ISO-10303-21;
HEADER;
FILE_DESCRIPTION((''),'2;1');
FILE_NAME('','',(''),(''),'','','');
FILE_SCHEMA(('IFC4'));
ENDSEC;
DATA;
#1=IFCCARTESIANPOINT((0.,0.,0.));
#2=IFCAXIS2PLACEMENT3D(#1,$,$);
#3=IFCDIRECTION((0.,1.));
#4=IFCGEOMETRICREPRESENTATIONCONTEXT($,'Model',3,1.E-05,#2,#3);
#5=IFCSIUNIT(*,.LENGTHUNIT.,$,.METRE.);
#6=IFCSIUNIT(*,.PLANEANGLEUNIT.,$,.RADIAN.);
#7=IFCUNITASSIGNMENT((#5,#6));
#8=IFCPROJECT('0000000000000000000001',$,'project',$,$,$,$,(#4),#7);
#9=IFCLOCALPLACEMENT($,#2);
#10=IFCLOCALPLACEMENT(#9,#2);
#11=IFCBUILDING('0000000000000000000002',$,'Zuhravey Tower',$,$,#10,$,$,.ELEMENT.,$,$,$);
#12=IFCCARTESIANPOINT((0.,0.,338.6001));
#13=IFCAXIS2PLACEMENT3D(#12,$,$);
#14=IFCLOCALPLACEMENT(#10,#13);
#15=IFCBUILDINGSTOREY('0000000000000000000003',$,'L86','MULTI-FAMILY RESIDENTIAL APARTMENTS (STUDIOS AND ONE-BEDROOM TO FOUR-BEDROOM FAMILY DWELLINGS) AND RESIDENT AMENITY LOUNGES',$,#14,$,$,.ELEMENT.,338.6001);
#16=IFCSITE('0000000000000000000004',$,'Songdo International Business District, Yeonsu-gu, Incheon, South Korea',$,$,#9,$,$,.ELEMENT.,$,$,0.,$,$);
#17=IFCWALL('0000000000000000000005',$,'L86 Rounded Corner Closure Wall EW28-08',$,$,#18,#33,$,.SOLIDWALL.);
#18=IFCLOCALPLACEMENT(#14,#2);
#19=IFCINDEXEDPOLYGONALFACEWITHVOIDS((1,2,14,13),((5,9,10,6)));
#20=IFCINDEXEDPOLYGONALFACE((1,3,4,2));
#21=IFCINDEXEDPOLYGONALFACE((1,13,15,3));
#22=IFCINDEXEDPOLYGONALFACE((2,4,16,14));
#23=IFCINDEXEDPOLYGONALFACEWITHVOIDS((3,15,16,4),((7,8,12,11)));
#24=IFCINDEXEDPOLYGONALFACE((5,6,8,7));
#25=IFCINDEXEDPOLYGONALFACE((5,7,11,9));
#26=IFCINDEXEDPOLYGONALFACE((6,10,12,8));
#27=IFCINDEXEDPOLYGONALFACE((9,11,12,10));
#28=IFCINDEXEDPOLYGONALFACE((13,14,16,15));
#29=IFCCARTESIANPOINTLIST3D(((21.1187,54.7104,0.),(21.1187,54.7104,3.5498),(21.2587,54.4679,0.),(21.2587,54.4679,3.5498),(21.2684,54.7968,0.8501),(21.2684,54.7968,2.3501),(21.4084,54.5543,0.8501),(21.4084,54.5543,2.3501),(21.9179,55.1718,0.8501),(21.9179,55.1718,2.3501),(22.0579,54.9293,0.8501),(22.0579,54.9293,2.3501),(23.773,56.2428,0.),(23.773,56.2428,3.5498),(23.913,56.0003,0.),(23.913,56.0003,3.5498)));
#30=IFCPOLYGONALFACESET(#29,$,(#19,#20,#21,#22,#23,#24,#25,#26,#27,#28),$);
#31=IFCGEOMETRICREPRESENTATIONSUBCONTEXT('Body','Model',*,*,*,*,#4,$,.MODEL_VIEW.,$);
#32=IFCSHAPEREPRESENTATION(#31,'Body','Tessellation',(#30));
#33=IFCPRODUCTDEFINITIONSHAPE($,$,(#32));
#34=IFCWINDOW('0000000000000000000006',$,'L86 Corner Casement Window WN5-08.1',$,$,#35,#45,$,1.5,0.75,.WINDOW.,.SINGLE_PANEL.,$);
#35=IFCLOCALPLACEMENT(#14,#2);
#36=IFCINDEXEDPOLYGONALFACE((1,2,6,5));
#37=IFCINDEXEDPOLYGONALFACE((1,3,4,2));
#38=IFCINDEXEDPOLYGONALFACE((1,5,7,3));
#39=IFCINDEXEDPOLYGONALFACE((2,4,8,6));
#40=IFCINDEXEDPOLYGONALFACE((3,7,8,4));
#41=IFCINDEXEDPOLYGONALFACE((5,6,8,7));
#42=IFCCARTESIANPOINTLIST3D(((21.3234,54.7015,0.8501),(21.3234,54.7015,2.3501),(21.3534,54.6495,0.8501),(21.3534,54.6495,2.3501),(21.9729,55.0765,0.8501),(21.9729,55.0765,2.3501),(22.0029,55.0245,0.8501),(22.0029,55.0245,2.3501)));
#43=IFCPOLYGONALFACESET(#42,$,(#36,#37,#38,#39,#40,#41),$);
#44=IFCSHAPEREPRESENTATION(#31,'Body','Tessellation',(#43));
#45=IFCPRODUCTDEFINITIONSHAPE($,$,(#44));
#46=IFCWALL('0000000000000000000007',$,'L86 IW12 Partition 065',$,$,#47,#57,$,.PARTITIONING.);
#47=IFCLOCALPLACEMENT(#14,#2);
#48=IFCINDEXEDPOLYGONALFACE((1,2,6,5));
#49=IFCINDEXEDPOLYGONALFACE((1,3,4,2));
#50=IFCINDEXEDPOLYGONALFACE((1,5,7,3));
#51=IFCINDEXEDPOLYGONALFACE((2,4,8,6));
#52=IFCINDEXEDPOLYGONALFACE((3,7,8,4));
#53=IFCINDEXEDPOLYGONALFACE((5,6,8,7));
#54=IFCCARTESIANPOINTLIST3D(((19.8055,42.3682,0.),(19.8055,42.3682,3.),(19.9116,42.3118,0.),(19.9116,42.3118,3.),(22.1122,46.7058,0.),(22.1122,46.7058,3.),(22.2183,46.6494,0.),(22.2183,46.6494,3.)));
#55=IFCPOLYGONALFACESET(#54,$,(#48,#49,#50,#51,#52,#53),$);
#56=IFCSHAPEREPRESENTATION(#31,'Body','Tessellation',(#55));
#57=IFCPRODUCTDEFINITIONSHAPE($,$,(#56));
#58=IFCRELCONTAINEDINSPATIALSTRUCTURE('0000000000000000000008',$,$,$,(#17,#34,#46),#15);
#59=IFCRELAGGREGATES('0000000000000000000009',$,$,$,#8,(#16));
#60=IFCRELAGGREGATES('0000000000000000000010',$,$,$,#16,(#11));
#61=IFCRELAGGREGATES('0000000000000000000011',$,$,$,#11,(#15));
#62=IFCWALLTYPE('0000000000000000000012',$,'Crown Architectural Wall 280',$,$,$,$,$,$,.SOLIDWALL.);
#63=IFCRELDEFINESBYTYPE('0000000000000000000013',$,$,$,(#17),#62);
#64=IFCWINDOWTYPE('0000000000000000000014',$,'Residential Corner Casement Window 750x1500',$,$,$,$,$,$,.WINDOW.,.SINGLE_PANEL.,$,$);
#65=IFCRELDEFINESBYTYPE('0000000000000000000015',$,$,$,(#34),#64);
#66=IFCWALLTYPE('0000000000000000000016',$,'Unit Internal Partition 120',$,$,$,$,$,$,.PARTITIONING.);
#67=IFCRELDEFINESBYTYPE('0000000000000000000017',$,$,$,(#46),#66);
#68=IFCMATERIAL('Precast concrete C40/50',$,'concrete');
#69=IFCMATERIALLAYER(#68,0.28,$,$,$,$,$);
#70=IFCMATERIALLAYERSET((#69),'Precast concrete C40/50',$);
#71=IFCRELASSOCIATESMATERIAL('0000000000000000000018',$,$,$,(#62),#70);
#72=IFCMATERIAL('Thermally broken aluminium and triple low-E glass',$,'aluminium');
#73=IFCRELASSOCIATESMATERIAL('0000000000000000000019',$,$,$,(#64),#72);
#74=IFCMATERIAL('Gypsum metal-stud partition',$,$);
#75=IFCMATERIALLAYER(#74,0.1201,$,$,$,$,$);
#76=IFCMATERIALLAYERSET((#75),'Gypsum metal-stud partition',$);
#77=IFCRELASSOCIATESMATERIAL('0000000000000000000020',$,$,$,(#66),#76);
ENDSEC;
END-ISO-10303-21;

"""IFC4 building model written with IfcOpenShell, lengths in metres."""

from ifc_helpers import new_model, si_unit, direction, frame, frame_2d, origin, place, context, subcontext, project, spatial, rectangle, extrude, material, layer, layer_set, type_object, element, fill, save


model = new_model("IFC4")

# Units and contexts
model_context = context("Model", 3, precision=1e-05, world=origin(), true_north=direction((0.0, 1.0)))
body_context = subcontext(model_context, "Body", "Model", "MODEL_VIEW")
ifc_project = project(units=[si_unit("LENGTHUNIT", "METRE"), si_unit("PLANEANGLEUNIT", "RADIAN")], contexts=[model_context])

# Site, building, storey
site_placement = place(None, origin())
site = spatial("IfcSite", under=ifc_project, at=site_placement, Name="Songdo International Business District, Yeonsu-gu, Incheon, South Korea", CompositionType="ELEMENT", RefElevation=0.0)
building_placement = place(site_placement, origin())
building = spatial("IfcBuilding", under=site, at=building_placement, Name="Zuhravey Tower", CompositionType="ELEMENT")
storey_placement = place(building_placement, frame((0.0, 0.0, 338.6001)))
storey = spatial("IfcBuildingStorey", under=building, at=storey_placement, Name="L86", Description="MULTI-FAMILY RESIDENTIAL APARTMENTS (STUDIOS AND ONE-BEDROOM TO FOUR-BEDROOM FAMILY DWELLINGS) AND RESIDENT AMENITY LOUNGES", CompositionType="ELEMENT", Elevation=338.6001)

# Wall, opening, window
ifc_material_1 = material(Name="Precast concrete C40/50", Category="concrete")
ifc_layer_1 = layer(ifc_material_1, 0.28)
ifc_layer_set_1 = layer_set([ifc_layer_1], Name="Precast concrete C40/50")
wall_type_1 = type_object("IfcWallType", Name="Crown Architectural Wall 280", PredefinedType="SOLIDWALL", material=ifc_layer_set_1)
wall_1_placement = place(storey_placement, frame((21.1887, 54.5891, 0.0), z_axis=(0.0, 0.0, 1.0), x_axis=(0.866024, 0.500003, 0.0)))
wall_1 = element("IfcWall", 1, at=wall_1_placement, inside=storey, type_object=wall_type_1, Name="L86 Rounded Corner Closure Wall EW28-08", PredefinedType="SOLIDWALL", context=body_context, shape_type="SweptSolid", body=[
    extrude(rectangle(XDim=3.0649, YDim=0.28, at=frame_2d((1.5325, 0.0))), origin(), (0.0, 0.0, 1.0), 3.5498),
])
opening_placement = place(wall_1_placement, frame((0.1729, 0.0, 0.8501)))
opening = element("IfcOpeningElement", 2, at=opening_placement, cuts=wall_1, PredefinedType="OPENING", context=body_context, shape_type="SweptSolid", body=[
    extrude(rectangle(XDim=0.75, YDim=1.5, at=frame_2d((0.375, 0.75))), frame((0.0, 0.1521, 0.0), z_axis=(0.0, -1.0, 0.0), x_axis=(1.0, 0.0, 0.0)), (0.0, 0.0, 1.0), 0.304),
])
ifc_material_2 = material(Name="Thermally broken aluminium and triple low-E glass", Category="aluminium")
window_type = type_object("IfcWindowType", Name="Residential Corner Casement Window 750x1500", PartitioningType="SINGLE_PANEL", PredefinedType="WINDOW", material=ifc_material_2)
window_placement = place(opening_placement, origin())
window = element("IfcWindow", 3, at=window_placement, inside=storey, type_object=window_type, Name="L86 Corner Casement Window WN5-08.1", OverallHeight=1.5, OverallWidth=0.75, PartitioningType="SINGLE_PANEL", PredefinedType="WINDOW", context=body_context, shape_type="SweptSolid", body=[
    extrude(rectangle(XDim=0.75, YDim=1.5, at=frame_2d((0.375, 0.75))), frame((0.0, 0.03, 0.0), z_axis=(0.0, -1.0, 0.0), x_axis=(1.0, 0.0, 0.0)), (0.0, 0.0, 1.0), 0.0601),
])
fill(opening, window)

# Wall
ifc_material_3 = material(Name="Gypsum metal-stud partition")
ifc_layer_2 = layer(ifc_material_3, 0.1201)
ifc_layer_set_2 = layer_set([ifc_layer_2], Name="Gypsum metal-stud partition")
wall_type_2 = type_object("IfcWallType", Name="Unit Internal Partition 120", PredefinedType="PARTITIONING", material=ifc_layer_set_2)
wall_2_placement = place(storey_placement, frame((22.1653, 46.6777, 0.0), z_axis=(0.0, 0.0, 1.0), x_axis=(-0.469515, -0.882925, 0.0)))
element("IfcWall", 4, at=wall_2_placement, inside=storey, type_object=wall_type_2, Name="L86 IW12 Partition 065", PredefinedType="PARTITIONING", context=body_context, shape_type="SweptSolid", body=[
    extrude(rectangle(XDim=4.9128, YDim=0.1201, at=frame_2d((2.4565, 0.0))), origin(), (0.0, 0.0, 1.0), 3.0),
])

save(model, "model.ifc")
